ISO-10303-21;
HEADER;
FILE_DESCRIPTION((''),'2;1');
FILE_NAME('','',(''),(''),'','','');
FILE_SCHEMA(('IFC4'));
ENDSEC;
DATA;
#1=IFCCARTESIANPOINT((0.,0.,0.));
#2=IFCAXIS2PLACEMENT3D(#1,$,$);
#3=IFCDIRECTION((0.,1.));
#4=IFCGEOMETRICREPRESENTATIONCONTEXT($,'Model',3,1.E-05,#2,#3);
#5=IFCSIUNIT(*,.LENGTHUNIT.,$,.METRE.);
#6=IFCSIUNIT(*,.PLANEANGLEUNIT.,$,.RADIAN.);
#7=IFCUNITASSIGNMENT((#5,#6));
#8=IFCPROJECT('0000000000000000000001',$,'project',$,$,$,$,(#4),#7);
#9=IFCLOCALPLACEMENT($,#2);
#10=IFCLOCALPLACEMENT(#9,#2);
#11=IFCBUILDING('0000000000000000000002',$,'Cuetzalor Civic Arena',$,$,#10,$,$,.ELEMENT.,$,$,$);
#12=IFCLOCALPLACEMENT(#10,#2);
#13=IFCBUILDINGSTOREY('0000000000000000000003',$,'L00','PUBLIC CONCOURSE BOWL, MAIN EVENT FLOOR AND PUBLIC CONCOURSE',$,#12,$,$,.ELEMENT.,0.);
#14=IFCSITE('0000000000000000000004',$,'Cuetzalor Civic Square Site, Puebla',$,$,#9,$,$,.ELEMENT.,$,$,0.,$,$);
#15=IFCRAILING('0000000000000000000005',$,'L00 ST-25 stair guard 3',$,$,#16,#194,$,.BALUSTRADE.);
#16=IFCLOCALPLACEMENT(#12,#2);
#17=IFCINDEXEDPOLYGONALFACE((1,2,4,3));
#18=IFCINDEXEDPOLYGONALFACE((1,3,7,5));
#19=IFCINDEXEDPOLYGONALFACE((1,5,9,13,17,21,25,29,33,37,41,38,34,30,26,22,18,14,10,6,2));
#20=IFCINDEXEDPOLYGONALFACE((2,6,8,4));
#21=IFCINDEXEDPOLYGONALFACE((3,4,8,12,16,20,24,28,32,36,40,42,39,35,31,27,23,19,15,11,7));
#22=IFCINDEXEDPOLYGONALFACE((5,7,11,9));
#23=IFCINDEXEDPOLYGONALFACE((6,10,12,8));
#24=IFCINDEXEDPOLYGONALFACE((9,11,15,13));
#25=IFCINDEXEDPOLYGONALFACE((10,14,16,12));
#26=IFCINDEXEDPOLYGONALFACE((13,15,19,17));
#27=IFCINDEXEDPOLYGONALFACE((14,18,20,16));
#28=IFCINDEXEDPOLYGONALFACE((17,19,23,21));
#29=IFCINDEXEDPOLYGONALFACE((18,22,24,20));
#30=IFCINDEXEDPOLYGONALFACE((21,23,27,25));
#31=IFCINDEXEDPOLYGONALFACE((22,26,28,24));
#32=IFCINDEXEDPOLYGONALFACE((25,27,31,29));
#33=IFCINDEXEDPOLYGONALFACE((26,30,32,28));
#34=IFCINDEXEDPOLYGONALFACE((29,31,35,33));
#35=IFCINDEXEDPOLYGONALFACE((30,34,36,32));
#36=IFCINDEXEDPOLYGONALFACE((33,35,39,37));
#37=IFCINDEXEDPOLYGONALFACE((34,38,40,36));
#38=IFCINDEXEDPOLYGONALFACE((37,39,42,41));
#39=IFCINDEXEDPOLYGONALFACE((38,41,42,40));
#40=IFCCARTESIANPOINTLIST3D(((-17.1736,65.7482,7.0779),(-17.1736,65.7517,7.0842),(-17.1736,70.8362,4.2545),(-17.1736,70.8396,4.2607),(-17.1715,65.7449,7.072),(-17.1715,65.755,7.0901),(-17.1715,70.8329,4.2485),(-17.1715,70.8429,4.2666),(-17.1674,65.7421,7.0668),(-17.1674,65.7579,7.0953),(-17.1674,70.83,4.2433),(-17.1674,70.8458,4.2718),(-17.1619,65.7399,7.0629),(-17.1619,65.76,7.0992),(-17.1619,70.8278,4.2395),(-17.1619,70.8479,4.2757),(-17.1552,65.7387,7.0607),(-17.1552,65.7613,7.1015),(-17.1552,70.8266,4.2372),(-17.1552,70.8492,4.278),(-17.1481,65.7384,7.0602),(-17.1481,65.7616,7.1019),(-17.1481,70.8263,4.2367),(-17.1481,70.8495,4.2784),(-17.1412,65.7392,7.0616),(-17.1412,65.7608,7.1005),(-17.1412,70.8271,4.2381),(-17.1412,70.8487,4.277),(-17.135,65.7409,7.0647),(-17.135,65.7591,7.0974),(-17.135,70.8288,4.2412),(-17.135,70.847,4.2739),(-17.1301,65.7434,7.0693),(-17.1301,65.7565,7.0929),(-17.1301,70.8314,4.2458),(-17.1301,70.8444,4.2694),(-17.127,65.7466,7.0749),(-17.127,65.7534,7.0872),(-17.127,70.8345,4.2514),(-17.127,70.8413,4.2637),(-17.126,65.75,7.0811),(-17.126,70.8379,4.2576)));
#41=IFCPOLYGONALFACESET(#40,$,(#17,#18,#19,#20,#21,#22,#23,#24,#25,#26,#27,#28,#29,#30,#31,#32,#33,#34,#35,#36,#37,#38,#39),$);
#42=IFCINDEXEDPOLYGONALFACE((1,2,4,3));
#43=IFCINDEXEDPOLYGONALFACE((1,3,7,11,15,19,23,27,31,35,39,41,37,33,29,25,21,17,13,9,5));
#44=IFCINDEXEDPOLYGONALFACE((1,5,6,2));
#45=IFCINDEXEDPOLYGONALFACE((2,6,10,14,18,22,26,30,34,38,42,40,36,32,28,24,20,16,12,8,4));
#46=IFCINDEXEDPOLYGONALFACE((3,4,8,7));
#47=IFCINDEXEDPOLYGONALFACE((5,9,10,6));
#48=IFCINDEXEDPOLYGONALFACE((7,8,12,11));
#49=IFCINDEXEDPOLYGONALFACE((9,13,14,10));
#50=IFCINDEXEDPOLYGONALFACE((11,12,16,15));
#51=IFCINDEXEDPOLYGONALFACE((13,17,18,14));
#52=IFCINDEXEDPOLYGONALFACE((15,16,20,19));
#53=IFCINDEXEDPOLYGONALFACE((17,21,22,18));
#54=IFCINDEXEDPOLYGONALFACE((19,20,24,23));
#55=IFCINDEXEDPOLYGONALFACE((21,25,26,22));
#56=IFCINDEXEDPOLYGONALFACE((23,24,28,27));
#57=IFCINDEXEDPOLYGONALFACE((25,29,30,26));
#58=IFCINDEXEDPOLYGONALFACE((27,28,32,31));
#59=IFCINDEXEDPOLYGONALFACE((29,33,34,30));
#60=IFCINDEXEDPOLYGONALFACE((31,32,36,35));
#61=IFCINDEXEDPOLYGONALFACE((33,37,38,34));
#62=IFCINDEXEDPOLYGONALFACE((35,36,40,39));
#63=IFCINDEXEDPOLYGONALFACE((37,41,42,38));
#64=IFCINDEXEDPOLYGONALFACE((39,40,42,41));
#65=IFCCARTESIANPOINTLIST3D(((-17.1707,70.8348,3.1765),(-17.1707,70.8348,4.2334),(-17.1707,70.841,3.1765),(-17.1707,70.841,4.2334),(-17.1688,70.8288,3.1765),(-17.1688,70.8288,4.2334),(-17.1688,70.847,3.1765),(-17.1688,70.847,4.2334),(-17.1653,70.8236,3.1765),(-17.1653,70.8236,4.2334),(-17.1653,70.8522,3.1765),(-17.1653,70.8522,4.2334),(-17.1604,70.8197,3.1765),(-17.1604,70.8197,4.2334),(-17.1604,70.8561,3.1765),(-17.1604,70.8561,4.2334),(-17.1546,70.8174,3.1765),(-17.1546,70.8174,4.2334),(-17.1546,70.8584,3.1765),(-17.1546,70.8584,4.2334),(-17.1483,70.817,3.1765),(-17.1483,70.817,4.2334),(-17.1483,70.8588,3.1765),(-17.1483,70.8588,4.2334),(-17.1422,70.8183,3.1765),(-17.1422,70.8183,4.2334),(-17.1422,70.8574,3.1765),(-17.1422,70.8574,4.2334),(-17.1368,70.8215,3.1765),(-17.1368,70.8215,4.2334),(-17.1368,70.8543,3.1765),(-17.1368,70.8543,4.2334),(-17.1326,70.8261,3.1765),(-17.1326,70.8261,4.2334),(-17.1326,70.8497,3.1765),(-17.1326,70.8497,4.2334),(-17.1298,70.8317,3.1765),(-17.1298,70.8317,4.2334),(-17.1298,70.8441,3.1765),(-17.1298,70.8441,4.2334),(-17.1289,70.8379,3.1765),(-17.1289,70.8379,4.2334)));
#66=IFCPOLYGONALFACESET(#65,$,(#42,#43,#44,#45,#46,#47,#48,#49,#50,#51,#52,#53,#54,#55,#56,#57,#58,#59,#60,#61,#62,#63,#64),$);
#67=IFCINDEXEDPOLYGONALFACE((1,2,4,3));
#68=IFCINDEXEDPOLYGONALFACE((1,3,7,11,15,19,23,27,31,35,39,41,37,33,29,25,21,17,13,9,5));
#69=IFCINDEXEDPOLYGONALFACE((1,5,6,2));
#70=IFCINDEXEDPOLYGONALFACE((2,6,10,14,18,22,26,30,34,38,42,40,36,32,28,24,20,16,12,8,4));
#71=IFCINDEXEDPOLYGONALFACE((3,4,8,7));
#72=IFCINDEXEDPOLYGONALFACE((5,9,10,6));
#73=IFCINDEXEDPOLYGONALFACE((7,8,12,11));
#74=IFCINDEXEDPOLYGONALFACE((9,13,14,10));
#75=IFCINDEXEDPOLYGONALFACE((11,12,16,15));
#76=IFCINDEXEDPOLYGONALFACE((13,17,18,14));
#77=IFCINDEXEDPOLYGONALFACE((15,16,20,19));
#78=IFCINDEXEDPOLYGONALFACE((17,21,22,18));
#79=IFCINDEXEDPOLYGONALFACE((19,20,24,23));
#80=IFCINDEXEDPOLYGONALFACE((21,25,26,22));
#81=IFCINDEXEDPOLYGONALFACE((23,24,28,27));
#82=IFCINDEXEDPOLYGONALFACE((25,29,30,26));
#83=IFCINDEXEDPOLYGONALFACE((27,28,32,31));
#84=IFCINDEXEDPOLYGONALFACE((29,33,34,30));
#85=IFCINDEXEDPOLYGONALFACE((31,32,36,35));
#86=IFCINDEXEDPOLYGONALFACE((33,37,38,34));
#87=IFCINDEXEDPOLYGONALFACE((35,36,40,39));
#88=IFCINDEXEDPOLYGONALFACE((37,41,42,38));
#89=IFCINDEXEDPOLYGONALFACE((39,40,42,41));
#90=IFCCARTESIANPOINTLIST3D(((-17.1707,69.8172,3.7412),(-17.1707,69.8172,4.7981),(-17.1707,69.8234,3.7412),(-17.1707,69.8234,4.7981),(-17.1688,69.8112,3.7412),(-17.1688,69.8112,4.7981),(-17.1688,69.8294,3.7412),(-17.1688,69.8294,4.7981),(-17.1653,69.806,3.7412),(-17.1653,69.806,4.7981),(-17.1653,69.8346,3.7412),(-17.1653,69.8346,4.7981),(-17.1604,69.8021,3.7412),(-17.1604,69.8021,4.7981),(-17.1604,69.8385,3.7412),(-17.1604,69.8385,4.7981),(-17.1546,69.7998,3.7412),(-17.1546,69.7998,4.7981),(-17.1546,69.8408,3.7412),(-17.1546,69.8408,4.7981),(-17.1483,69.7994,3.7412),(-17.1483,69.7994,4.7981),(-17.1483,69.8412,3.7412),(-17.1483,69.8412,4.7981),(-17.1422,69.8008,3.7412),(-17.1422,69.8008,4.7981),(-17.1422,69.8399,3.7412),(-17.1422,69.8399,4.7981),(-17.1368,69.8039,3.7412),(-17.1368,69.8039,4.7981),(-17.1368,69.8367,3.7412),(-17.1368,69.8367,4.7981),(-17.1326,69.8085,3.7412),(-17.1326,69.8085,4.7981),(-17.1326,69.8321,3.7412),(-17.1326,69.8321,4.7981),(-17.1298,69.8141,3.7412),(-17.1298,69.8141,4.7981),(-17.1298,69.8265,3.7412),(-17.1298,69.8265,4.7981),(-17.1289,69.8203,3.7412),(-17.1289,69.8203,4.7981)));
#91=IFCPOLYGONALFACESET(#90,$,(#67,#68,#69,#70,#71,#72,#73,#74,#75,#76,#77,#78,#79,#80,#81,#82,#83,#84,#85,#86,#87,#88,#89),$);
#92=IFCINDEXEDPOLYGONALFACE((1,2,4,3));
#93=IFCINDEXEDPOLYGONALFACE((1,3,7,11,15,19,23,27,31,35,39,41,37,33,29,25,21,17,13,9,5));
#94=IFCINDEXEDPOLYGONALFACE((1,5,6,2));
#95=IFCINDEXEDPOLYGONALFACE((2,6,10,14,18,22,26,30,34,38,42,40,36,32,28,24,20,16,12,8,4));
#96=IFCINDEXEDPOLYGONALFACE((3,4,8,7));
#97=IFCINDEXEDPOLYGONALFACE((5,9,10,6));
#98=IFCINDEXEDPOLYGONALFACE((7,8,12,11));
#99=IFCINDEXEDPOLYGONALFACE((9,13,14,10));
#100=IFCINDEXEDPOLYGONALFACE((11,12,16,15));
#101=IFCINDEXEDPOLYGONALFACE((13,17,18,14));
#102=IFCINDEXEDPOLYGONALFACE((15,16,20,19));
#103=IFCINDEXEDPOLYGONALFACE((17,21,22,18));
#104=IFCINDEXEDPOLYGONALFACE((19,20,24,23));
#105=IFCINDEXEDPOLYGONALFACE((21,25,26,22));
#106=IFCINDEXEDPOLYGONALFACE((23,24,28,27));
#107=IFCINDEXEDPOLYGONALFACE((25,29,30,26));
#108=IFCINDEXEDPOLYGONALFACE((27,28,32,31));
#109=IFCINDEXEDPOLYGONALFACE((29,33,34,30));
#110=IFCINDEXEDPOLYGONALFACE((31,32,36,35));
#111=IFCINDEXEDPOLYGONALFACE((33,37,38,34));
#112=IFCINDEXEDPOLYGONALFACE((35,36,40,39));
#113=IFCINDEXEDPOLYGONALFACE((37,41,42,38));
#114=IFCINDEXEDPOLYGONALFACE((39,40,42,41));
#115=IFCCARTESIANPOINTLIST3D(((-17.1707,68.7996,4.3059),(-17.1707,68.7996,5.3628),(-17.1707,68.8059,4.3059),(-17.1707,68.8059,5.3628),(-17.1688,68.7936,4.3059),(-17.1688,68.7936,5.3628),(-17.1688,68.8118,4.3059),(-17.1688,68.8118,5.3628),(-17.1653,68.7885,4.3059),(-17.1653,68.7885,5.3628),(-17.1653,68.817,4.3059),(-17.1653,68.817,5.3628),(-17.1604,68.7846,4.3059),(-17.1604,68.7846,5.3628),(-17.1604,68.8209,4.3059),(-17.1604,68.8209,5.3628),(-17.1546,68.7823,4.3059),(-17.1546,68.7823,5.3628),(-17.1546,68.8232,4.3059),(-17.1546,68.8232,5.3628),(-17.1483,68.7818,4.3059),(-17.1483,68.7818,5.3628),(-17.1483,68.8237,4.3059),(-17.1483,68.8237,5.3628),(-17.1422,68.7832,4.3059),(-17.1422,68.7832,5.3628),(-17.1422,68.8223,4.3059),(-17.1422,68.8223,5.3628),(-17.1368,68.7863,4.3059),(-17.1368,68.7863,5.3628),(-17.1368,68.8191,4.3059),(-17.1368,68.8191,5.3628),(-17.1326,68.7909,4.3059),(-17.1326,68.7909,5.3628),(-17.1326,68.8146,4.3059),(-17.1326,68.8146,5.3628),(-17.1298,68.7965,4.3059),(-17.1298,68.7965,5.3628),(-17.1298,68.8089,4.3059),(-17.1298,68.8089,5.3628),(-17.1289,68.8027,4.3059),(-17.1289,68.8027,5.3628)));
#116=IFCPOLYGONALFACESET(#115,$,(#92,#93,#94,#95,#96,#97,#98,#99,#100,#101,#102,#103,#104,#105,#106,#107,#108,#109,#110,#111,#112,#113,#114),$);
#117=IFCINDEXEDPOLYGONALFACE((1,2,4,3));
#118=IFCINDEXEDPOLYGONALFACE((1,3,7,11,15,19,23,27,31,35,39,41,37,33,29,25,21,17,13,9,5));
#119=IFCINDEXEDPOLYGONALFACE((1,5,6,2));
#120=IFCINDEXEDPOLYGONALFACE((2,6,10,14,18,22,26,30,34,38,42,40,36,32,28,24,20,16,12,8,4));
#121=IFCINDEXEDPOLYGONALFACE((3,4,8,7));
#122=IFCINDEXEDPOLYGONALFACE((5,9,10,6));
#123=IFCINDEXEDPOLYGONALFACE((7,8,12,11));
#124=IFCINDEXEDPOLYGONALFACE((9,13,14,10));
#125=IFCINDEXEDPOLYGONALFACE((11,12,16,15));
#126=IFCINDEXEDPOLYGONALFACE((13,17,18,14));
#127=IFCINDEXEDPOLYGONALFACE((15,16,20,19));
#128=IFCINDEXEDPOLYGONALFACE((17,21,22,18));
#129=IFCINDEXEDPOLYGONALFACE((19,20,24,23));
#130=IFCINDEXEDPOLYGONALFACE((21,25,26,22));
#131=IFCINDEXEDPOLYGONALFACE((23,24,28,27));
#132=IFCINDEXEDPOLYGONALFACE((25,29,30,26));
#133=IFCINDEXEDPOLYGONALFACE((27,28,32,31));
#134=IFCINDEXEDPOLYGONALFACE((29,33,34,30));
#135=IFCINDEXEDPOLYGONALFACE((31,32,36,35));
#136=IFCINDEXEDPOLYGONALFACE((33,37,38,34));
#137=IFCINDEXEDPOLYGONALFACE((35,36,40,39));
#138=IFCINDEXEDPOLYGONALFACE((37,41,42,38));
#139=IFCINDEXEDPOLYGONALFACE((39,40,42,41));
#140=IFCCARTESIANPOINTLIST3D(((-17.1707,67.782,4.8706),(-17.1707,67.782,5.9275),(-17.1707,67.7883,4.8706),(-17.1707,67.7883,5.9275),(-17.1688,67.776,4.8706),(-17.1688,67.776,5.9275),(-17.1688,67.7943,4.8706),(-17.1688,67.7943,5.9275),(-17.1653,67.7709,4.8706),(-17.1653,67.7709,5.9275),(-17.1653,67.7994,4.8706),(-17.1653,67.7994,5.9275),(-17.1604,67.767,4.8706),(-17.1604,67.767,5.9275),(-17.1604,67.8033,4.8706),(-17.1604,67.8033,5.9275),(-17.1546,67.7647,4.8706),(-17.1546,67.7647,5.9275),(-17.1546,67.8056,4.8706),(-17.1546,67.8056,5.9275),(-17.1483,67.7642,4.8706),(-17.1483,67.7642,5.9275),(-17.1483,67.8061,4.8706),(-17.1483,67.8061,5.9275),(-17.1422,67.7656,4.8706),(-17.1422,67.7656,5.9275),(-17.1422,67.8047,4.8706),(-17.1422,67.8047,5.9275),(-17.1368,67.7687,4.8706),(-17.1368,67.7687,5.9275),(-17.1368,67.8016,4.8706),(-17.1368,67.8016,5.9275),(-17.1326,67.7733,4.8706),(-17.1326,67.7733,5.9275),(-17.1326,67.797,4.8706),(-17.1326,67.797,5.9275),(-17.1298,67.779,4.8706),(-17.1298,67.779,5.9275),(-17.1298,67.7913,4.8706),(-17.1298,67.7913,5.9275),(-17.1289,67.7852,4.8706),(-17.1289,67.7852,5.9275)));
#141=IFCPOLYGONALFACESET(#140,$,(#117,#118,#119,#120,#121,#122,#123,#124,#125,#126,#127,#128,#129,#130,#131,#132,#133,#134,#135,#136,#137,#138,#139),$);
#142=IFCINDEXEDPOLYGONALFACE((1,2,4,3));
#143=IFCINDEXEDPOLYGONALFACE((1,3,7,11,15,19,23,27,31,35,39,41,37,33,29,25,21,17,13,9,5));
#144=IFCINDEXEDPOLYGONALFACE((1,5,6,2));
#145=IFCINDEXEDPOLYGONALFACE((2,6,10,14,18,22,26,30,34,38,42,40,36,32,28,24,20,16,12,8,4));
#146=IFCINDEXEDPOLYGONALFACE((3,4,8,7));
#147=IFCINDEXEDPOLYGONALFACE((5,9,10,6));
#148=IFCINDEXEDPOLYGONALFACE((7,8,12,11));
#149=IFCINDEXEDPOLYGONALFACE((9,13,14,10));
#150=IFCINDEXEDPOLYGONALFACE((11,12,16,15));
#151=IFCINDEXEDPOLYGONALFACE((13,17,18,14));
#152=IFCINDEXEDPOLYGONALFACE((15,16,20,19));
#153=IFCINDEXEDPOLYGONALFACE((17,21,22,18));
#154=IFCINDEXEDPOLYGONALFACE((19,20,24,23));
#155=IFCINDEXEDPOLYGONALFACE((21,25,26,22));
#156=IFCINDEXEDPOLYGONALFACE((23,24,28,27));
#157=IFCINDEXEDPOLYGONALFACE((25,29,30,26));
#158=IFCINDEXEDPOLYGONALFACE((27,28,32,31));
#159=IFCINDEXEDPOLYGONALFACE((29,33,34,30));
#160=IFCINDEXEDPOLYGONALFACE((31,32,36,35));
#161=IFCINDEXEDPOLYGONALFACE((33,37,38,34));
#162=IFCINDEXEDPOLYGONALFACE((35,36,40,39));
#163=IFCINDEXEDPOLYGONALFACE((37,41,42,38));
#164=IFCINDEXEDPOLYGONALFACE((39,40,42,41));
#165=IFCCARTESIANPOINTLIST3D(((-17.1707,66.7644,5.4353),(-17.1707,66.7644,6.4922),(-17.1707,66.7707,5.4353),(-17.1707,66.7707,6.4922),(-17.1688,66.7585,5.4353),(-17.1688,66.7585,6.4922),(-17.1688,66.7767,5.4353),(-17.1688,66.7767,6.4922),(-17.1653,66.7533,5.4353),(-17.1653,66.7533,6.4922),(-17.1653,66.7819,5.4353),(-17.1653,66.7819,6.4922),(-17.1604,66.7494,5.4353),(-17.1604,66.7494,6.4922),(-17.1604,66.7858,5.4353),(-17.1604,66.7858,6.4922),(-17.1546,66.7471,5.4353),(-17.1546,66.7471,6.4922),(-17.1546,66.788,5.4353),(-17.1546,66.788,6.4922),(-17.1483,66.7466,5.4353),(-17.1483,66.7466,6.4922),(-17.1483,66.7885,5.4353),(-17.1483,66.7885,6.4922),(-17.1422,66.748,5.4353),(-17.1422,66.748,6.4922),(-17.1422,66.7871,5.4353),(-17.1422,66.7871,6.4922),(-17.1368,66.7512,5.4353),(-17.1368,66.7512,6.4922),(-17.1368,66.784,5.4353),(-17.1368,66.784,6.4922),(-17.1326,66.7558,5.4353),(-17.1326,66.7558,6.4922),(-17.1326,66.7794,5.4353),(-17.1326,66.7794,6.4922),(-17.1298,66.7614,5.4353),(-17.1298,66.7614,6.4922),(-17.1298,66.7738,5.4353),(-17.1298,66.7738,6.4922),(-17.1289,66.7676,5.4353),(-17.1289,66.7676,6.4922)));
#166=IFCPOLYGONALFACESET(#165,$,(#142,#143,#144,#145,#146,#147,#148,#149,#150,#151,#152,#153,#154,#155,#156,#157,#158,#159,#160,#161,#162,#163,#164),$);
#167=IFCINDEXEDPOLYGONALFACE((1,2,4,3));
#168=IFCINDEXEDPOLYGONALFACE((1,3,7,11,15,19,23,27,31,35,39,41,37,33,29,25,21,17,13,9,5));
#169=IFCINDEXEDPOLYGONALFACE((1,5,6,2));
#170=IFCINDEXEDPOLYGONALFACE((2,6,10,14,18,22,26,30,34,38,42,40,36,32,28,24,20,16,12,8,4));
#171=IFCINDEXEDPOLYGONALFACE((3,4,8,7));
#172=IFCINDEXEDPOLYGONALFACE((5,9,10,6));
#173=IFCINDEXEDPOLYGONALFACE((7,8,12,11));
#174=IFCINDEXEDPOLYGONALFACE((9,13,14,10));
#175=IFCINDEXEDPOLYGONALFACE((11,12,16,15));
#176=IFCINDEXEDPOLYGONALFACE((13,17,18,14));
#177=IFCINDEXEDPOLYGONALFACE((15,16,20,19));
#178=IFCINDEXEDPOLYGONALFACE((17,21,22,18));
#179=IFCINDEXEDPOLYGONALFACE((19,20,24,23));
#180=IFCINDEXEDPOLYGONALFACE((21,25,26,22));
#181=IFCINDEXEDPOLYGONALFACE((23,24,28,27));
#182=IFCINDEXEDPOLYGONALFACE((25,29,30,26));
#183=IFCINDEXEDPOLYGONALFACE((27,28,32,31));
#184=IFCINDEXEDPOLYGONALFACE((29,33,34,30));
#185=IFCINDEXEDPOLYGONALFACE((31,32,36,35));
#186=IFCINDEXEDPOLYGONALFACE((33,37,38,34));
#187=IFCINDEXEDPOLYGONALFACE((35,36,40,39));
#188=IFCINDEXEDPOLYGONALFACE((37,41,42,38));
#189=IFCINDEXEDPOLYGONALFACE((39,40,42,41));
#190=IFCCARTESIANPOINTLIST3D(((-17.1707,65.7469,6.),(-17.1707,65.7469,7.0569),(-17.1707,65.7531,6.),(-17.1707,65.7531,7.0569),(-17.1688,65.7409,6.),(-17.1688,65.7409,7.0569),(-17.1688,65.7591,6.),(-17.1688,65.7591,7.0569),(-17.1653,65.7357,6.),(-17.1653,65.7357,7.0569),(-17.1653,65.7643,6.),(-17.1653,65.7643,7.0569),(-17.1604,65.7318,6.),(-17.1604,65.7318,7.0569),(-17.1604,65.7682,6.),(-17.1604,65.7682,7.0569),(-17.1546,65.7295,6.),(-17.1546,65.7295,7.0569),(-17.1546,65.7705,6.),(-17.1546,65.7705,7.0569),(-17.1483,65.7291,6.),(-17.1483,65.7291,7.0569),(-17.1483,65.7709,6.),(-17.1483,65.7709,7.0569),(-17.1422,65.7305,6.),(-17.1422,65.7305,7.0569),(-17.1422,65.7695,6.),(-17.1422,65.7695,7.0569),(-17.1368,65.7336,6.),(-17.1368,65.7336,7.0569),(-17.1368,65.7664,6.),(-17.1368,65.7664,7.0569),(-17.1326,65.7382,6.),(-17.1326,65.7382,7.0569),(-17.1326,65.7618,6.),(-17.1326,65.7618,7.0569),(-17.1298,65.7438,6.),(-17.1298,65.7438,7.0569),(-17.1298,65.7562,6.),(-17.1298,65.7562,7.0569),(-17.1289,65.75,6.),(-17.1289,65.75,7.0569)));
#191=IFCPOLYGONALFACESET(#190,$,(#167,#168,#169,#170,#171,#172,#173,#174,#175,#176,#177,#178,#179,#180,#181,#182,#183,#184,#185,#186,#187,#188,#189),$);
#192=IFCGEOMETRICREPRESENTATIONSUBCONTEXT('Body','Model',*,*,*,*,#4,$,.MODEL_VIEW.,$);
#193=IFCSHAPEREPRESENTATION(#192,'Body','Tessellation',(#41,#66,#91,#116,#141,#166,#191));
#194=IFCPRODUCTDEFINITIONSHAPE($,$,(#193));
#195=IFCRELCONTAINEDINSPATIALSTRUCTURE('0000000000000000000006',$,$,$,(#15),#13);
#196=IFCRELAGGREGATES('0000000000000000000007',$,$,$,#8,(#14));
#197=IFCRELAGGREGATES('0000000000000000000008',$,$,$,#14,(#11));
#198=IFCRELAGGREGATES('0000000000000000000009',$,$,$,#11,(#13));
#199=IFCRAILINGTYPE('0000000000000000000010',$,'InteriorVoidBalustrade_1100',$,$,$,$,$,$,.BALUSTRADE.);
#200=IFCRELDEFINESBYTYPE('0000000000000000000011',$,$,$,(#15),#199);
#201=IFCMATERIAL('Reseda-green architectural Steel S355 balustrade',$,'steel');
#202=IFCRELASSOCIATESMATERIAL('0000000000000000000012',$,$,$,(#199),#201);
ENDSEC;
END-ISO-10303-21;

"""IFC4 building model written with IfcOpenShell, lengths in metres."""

from ifc_helpers import new_model, si_unit, direction, frame, origin, origin_2d, place, context, subcontext, project, spatial, circle, extrude, material, type_object, element, save


model = new_model("IFC4")

# Units and contexts
model_context = context("Model", 3, precision=1e-05, world=origin(), true_north=direction((0.0, 1.0)))
body_context = subcontext(model_context, "Body", "Model", "MODEL_VIEW")
ifc_project = project(units=[si_unit("LENGTHUNIT", "METRE"), si_unit("PLANEANGLEUNIT", "RADIAN")], contexts=[model_context])

# Site, building, storey
site_placement = place(None, origin())
site = spatial("IfcSite", under=ifc_project, at=site_placement, Name="Cuetzalor Civic Square Site, Puebla", CompositionType="ELEMENT", RefElevation=0.0)
building_placement = place(site_placement, origin())
building = spatial("IfcBuilding", under=site, at=building_placement, Name="Cuetzalor Civic Arena", CompositionType="ELEMENT")
storey_placement = place(building_placement, origin())
storey = spatial("IfcBuildingStorey", under=building, at=storey_placement, Name="L00", Description="PUBLIC CONCOURSE BOWL, MAIN EVENT FLOOR AND PUBLIC CONCOURSE", CompositionType="ELEMENT", Elevation=0.0)

# Railing
ifc_material_1 = material(Name="Reseda-green architectural Steel S355 balustrade", Category="steel")
railing_type_1 = type_object("IfcRailingType", Name="InteriorVoidBalustrade_1100", PredefinedType="BALUSTRADE", material=ifc_material_1)
railing_1_placement = place(storey_placement, frame((-17.1499, 70.8379, 3.1765)))
element("IfcRailing", 1, at=railing_1_placement, inside=storey, type_object=railing_type_1, Name="L00 ST-25 stair guard 3", PredefinedType="BALUSTRADE", context=body_context, shape_type="SweptSolid", body=[
    extrude(circle(Radius=0.0239, at=origin_2d()), frame((0.0, 0.0, 1.0811), z_axis=(0.0, -0.874385, 0.485233), x_axis=(1.0, 0.0, 0.0)), (0.0, 0.0, 1.0), 5.8188),
    extrude(circle(Radius=0.021, at=origin_2d()), origin(), (0.0, 0.0, 1.0), 1.0569),
    extrude(circle(Radius=0.021, at=origin_2d()), frame((0.0, -1.0176, 0.5647)), (0.0, 0.0, 1.0), 1.0569),
    extrude(circle(Radius=0.021, at=origin_2d()), frame((0.0, -2.0352, 1.1294)), (0.0, 0.0, 1.0), 1.0569),
    extrude(circle(Radius=0.021, at=origin_2d()), frame((0.0, -3.0527, 1.6941)), (0.0, 0.0, 1.0), 1.0569),
    extrude(circle(Radius=0.021, at=origin_2d()), frame((0.0, -4.0703, 2.2588)), (0.0, 0.0, 1.0), 1.0569),
    extrude(circle(Radius=0.021, at=origin_2d()), frame((0.0, -5.0879, 2.8235)), (0.0, 0.0, 1.0), 1.0569),
])

save(model, "model.ifc")
